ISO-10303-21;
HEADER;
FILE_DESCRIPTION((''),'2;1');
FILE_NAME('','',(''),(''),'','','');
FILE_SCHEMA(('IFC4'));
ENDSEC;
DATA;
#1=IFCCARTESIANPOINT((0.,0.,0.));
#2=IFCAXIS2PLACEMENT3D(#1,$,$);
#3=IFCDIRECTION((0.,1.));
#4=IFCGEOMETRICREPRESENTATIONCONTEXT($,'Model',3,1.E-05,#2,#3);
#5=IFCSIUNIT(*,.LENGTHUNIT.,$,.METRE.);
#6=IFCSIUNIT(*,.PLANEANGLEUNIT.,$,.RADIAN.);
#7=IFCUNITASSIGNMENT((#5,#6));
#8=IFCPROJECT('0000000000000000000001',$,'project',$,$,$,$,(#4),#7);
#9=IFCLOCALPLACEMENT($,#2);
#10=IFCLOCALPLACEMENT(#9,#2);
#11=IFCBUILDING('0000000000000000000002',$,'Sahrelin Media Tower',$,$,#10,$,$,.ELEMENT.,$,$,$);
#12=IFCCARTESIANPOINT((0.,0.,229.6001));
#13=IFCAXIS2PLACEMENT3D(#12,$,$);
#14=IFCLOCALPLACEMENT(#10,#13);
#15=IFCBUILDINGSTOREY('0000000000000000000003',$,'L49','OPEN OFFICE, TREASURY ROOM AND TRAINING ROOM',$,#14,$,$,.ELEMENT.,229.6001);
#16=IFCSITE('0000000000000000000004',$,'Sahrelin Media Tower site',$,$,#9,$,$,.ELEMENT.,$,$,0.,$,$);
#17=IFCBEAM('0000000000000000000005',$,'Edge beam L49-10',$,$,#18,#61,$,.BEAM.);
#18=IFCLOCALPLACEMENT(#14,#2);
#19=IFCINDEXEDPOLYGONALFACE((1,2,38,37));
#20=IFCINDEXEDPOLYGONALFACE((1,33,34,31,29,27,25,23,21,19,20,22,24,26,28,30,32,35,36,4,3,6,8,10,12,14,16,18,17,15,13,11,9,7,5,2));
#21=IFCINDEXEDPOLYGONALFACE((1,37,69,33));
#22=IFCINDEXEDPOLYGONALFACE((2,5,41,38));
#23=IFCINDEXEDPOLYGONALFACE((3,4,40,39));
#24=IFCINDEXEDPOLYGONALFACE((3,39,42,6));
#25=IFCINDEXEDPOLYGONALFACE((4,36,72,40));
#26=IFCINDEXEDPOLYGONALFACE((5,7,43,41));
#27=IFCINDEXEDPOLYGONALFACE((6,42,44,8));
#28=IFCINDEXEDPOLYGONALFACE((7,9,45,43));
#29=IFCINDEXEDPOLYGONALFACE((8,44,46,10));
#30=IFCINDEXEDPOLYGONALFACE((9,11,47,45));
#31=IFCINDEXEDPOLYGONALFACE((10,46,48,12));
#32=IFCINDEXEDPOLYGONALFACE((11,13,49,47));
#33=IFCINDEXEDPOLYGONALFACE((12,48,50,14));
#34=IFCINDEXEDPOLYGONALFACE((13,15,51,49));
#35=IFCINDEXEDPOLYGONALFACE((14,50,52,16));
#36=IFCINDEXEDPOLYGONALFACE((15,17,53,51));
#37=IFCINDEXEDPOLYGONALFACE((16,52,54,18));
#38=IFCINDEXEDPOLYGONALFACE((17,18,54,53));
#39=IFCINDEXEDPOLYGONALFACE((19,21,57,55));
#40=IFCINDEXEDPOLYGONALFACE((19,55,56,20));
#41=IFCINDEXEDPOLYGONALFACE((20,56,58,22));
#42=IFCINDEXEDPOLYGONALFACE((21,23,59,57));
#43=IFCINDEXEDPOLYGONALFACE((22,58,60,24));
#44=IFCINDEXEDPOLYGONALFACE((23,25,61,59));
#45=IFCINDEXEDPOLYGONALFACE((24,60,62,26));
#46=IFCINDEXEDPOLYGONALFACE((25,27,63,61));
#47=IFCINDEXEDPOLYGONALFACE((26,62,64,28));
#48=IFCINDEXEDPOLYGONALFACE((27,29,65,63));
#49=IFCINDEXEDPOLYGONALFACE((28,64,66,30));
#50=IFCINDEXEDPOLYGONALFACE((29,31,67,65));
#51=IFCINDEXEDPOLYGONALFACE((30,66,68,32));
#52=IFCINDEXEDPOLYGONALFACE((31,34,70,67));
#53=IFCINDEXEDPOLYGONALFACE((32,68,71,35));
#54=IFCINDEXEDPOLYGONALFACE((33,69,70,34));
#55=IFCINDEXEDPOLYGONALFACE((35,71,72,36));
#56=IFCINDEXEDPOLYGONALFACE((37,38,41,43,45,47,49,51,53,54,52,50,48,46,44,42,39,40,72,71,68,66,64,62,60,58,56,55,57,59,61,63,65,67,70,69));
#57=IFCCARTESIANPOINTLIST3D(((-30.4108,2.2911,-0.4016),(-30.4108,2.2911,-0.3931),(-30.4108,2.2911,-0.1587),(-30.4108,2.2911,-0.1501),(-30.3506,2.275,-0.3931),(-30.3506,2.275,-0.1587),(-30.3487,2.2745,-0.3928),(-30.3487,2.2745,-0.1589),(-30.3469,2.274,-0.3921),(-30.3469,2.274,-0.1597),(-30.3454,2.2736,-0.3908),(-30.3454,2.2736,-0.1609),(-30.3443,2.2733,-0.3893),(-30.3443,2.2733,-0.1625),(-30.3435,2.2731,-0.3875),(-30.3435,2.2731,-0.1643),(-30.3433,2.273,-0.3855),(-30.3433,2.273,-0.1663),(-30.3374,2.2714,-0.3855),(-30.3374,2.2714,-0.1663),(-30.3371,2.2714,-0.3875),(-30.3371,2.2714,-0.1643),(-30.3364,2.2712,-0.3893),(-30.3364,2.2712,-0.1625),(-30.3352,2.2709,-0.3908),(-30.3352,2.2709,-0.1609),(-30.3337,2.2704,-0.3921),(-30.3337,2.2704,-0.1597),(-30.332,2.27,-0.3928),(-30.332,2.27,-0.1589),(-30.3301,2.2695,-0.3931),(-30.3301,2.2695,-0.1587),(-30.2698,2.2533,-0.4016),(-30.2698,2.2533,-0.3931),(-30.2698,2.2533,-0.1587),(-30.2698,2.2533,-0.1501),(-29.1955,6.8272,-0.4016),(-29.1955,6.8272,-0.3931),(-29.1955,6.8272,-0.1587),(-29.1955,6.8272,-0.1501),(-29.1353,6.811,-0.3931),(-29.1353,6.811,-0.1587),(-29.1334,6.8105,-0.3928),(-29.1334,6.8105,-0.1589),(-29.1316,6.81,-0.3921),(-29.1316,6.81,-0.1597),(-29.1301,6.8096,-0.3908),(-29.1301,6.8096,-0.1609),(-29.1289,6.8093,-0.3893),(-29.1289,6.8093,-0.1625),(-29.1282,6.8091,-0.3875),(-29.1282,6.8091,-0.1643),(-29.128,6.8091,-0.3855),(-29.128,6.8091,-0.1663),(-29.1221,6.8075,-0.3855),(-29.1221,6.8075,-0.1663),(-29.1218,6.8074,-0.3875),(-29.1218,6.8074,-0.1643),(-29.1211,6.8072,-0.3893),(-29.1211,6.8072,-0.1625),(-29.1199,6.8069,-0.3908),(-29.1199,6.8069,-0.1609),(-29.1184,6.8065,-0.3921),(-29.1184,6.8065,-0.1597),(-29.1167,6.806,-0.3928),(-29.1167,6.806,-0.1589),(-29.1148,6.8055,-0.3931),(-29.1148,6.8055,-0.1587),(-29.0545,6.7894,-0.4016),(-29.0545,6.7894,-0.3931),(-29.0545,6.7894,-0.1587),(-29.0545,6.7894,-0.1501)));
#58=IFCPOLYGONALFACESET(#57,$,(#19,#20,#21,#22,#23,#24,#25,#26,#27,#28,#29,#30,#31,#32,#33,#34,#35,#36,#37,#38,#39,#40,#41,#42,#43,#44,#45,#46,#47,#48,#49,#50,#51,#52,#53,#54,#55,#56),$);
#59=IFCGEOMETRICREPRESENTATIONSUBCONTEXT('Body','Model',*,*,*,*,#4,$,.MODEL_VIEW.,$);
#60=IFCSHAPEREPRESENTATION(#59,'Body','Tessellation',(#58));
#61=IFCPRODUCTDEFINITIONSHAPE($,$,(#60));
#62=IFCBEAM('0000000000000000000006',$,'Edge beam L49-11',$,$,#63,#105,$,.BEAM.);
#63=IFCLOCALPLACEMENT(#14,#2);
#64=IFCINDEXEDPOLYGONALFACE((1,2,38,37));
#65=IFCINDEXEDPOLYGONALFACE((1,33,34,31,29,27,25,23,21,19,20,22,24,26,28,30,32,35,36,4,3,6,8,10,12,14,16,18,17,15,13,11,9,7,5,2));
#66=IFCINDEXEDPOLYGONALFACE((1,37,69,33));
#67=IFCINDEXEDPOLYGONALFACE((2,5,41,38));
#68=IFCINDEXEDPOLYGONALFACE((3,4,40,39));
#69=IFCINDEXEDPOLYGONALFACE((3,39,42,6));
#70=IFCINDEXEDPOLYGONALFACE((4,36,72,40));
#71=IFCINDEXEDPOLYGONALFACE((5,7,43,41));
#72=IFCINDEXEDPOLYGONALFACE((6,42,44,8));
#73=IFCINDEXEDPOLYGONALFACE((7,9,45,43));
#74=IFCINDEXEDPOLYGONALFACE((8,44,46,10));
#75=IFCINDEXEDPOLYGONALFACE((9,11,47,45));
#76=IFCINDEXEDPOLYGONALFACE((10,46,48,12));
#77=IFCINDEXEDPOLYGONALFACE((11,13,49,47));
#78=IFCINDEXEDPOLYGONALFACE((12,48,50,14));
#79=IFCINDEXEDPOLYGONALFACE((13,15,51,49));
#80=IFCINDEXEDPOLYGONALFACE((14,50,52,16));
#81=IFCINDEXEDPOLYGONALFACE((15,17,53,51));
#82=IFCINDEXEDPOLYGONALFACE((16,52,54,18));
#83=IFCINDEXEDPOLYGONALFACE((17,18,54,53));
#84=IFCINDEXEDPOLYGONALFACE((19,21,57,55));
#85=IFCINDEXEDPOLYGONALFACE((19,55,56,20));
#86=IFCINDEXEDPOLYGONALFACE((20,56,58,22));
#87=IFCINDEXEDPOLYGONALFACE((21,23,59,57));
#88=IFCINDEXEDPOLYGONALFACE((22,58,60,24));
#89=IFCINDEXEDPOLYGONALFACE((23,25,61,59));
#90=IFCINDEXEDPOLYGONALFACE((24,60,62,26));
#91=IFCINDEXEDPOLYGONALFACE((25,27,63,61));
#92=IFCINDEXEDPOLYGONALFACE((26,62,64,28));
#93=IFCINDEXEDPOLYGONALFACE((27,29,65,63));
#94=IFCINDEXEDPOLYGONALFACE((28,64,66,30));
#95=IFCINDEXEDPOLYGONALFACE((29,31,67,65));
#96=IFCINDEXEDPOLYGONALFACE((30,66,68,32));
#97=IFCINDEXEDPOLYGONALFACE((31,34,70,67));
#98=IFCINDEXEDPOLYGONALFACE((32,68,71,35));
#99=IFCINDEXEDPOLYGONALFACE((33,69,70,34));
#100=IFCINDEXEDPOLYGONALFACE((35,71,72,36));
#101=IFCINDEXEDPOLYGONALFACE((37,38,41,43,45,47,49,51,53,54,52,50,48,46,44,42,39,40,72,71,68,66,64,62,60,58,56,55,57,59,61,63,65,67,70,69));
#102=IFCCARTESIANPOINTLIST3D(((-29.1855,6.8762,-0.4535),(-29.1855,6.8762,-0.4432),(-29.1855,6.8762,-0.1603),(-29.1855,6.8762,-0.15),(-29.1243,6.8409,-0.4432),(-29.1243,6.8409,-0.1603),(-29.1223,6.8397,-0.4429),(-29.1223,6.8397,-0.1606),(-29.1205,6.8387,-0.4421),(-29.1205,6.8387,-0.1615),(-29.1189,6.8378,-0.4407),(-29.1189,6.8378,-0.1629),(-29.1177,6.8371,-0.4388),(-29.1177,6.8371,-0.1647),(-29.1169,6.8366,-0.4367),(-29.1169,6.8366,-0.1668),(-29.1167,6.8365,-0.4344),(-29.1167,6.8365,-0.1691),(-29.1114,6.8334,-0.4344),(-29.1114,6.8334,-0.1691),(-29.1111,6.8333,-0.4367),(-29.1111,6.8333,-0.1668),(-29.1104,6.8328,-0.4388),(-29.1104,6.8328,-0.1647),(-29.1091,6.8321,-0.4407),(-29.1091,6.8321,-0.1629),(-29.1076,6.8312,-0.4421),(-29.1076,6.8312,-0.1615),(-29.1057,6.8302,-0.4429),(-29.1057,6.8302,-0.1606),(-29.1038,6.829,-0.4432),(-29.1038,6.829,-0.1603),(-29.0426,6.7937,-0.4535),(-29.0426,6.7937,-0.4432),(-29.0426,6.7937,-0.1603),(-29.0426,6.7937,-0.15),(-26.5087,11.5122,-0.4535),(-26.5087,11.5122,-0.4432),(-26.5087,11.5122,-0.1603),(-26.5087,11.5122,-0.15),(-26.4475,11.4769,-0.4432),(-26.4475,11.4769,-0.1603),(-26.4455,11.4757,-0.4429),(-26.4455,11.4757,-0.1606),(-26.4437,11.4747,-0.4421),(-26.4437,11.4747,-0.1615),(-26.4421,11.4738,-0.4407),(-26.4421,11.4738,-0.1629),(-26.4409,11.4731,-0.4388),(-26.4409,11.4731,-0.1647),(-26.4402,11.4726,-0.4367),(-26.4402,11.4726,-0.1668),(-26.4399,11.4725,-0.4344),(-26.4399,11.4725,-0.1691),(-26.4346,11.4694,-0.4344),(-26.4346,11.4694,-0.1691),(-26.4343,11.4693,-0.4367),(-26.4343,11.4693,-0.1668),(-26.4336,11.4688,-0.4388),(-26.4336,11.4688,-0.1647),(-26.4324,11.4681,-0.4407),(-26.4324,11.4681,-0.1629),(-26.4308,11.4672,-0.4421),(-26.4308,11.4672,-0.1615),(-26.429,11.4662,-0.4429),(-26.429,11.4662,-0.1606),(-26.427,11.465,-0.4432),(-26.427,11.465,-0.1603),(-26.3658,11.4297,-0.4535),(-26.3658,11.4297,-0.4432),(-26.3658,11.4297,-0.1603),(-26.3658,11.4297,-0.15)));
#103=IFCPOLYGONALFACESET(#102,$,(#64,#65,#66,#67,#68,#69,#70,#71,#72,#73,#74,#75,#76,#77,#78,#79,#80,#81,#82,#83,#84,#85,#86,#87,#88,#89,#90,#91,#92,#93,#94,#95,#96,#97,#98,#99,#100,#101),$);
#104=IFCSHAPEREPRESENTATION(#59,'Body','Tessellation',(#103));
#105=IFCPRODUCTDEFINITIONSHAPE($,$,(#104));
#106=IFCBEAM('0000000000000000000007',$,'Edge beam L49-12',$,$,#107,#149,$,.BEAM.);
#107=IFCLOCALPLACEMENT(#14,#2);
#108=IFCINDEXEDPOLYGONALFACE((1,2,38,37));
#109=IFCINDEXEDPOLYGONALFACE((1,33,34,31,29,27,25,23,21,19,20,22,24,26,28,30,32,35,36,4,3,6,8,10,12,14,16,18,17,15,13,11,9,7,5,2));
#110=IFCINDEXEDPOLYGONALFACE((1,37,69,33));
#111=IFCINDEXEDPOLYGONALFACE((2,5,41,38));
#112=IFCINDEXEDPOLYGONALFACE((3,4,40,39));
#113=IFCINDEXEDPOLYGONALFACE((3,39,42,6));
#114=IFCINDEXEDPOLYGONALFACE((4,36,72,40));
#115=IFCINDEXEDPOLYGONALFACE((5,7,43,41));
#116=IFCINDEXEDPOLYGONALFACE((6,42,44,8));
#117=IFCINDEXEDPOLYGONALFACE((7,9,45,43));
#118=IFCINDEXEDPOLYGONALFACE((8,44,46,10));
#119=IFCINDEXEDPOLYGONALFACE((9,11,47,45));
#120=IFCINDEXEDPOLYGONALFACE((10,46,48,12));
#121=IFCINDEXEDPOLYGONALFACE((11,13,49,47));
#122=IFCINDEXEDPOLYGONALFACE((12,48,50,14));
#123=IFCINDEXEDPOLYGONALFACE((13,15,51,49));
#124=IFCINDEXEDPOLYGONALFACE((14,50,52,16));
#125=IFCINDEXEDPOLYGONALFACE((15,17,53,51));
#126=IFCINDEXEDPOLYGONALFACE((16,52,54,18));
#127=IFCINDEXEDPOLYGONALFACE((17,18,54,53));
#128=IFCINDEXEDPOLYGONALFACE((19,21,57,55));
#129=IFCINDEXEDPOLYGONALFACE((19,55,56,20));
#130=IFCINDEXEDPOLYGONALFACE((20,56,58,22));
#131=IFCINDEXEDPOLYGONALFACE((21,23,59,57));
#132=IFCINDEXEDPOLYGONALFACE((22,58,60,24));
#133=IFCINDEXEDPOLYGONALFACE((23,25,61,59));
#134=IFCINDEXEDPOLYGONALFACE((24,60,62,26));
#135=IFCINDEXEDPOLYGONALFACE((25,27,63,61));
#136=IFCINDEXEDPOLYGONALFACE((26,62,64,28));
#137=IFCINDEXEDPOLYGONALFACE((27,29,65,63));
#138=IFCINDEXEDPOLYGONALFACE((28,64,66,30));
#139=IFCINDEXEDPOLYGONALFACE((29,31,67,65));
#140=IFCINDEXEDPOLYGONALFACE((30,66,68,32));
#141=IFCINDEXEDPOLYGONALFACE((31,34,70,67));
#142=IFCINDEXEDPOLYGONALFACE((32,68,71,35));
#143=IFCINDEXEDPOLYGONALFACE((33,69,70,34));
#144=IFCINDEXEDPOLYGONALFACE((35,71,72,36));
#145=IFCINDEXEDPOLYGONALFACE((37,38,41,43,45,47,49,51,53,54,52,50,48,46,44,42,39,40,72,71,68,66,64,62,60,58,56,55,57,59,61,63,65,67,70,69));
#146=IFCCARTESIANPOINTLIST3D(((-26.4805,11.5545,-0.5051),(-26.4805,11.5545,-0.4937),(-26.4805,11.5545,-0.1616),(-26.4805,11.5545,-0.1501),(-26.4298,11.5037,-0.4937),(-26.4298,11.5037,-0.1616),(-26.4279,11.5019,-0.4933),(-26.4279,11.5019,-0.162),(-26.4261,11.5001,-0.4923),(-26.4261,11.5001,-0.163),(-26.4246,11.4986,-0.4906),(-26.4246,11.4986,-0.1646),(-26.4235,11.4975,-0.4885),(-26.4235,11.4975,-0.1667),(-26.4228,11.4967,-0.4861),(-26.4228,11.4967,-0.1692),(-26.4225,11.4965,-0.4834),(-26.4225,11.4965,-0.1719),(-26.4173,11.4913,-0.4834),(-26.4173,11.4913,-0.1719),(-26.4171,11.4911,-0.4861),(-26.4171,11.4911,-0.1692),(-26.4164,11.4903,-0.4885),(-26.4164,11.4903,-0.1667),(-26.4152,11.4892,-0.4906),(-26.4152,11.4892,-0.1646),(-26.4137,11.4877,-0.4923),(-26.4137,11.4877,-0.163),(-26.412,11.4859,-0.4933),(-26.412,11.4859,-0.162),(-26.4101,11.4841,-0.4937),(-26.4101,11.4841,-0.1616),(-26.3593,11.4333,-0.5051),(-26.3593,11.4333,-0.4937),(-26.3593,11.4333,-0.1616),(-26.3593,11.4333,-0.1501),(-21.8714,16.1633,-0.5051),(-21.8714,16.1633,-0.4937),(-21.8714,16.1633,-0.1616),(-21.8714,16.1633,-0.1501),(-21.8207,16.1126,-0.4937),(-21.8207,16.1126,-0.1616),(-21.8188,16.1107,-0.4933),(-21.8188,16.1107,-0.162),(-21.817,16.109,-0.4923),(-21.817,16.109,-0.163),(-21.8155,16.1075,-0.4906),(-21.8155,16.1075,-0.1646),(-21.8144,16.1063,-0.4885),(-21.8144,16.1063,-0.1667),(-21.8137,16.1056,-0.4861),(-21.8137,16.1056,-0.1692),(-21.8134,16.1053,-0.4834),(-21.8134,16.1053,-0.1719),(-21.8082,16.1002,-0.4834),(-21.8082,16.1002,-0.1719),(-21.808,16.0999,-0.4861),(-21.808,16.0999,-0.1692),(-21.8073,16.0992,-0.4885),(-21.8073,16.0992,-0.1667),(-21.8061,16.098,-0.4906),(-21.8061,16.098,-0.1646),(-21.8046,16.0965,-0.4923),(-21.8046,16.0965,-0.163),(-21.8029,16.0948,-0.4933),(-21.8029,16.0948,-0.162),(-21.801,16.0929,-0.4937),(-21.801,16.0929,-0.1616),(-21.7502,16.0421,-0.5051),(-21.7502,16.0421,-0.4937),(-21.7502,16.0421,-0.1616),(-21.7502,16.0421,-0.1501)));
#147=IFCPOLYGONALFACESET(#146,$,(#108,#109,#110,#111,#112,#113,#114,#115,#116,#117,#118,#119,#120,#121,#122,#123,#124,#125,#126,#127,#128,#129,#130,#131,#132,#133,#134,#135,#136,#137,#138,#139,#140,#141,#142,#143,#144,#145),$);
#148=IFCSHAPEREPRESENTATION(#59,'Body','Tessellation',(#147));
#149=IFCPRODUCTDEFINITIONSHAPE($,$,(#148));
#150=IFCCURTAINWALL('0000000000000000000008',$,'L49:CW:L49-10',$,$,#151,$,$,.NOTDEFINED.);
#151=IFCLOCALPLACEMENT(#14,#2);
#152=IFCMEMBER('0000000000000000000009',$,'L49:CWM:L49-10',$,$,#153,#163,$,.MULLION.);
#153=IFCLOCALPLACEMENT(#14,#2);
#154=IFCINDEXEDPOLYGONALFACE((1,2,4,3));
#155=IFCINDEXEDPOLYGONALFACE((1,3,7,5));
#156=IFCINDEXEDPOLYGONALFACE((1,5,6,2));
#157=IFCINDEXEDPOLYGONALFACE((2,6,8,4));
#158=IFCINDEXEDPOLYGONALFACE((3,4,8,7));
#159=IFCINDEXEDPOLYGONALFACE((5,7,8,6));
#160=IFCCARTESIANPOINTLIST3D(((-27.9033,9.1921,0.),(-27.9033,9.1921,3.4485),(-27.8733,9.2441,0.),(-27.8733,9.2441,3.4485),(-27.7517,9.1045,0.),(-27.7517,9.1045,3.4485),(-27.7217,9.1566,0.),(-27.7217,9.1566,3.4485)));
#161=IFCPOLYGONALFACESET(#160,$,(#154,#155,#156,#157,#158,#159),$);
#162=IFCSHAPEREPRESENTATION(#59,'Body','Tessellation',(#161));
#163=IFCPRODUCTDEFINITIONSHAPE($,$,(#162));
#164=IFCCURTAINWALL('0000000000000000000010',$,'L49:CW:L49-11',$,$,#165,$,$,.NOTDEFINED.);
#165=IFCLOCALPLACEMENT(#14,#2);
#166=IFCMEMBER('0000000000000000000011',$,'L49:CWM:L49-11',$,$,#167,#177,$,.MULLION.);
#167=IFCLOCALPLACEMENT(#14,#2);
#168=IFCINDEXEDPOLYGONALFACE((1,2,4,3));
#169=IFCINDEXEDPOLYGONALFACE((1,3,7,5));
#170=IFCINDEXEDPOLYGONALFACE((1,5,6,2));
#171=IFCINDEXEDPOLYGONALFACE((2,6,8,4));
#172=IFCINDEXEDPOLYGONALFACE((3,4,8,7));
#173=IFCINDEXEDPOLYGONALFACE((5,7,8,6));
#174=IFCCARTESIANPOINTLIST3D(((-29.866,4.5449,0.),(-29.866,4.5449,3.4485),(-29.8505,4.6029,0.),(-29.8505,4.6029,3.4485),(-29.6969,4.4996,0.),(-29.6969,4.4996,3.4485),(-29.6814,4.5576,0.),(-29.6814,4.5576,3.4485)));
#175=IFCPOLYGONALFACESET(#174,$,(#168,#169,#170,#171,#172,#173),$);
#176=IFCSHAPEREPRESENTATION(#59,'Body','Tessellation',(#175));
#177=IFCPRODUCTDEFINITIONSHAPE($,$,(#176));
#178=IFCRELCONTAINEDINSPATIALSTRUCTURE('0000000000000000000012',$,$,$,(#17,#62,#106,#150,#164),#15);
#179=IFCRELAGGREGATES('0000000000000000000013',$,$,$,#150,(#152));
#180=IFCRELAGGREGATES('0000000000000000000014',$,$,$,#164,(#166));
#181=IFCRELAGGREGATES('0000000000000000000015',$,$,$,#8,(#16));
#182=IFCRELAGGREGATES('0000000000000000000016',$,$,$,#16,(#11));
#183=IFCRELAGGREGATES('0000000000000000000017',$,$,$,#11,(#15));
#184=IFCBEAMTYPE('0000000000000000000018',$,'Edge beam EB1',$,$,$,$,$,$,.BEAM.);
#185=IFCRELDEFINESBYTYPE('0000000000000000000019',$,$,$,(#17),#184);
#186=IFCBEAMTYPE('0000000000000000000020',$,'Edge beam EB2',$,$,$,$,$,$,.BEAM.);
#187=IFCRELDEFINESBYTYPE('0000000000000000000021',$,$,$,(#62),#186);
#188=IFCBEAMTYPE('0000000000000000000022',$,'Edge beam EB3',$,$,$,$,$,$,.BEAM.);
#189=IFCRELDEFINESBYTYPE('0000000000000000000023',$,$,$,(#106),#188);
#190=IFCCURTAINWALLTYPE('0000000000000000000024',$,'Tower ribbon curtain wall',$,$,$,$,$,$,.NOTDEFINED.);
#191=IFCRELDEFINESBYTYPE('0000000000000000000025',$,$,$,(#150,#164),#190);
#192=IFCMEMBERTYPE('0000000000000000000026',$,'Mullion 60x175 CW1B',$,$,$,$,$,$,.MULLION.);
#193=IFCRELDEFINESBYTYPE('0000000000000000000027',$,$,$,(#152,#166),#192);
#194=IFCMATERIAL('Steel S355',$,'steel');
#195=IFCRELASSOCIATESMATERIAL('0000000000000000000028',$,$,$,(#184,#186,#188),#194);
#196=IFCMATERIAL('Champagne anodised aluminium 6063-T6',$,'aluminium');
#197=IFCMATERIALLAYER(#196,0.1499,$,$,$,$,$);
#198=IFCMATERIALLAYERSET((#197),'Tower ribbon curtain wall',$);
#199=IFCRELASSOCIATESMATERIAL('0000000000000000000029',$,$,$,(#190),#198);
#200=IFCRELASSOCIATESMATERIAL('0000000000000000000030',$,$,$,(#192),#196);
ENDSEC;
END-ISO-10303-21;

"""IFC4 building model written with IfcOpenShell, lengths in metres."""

from ifc_helpers import new_model, si_unit, direction, frame, origin, origin_2d, place, context, subcontext, project, spatial, rectangle, i_section, extrude, material, layer, layer_set, material_profile, profile_set, type_object, element, aggregate, save


model = new_model("IFC4")

# Units and contexts
model_context = context("Model", 3, precision=1e-05, world=origin(), true_north=direction((0.0, 1.0)))
body_context = subcontext(model_context, "Body", "Model", "MODEL_VIEW")
ifc_project = project(units=[si_unit("LENGTHUNIT", "METRE"), si_unit("PLANEANGLEUNIT", "RADIAN")], contexts=[model_context])

# Site, building, storey
site_placement = place(None, origin())
site = spatial("IfcSite", under=ifc_project, at=site_placement, Name="Sahrelin Media Tower site", CompositionType="ELEMENT", RefElevation=0.0)
building_placement = place(site_placement, origin())
building = spatial("IfcBuilding", under=site, at=building_placement, Name="Sahrelin Media Tower", CompositionType="ELEMENT")
storey_placement = place(building_placement, frame((0.0, 0.0, 229.6001)))
storey = spatial("IfcBuildingStorey", under=building, at=storey_placement, Name="L49", Description="OPEN OFFICE, TREASURY ROOM AND TRAINING ROOM", CompositionType="ELEMENT", Elevation=229.6001)

# Beams
ifc_material_1 = material(Name="Steel S355", Category="steel")
ifc_material_profile_1 = material_profile(ifc_material_1, i_section(OverallWidth=0.146, OverallDepth=0.2515, WebThickness=0.0061, FlangeThickness=0.0085, FilletRadius=0.0076, at=origin_2d()), Name="UB 254x146x31")
ifc_profile_set_1 = profile_set([ifc_material_profile_1], Name="Steel S355")
beam_type_1 = type_object("IfcBeamType", Name="Edge beam EB1", PredefinedType="BEAM", material=ifc_profile_set_1)
beam_1_placement = place(storey_placement, frame((-30.3403, 2.2722, -0.2759), z_axis=(0.258795, 0.965932, 0.0), x_axis=(-0.965932, 0.258795, 0.0)))
element("IfcBeam", 1, at=beam_1_placement, inside=storey, type_object=beam_type_1, Name="Edge beam L49-10", PredefinedType="BEAM", context=body_context, shape_type="SweptSolid", body=[
    extrude(i_section(OverallWidth=0.146, OverallDepth=0.2515, WebThickness=0.0061, FlangeThickness=0.0085, FilletRadius=0.0076, at=origin_2d()), origin(), (0.0, 0.0, 1.0), 4.696),
])
ifc_material_profile_2 = material_profile(ifc_material_1, i_section(OverallWidth=0.165, OverallDepth=0.3035, WebThickness=0.0061, FlangeThickness=0.0103, FilletRadius=0.0088, at=origin_2d()), Name="UB 305x165x40")
ifc_profile_set_2 = profile_set([ifc_material_profile_2], Name="Steel S355")
beam_type_2 = type_object("IfcBeamType", Name="Edge beam EB2", PredefinedType="BEAM", material=ifc_profile_set_2)
beam_2_placement = place(storey_placement, frame((-29.114, 6.835, -0.3018), z_axis=(0.500024, 0.866012, 0.0), x_axis=(-0.866012, 0.500024, 0.0)))
element("IfcBeam", 2, at=beam_2_placement, inside=storey, type_object=beam_type_2, Name="Edge beam L49-11", PredefinedType="BEAM", context=body_context, shape_type="SweptSolid", body=[
    extrude(i_section(OverallWidth=0.165, OverallDepth=0.3035, WebThickness=0.0061, FlangeThickness=0.0103, FilletRadius=0.0088, at=origin_2d()), origin(), (0.0, 0.0, 1.0), 5.3533),
])
ifc_material_profile_3 = material_profile(ifc_material_1, i_section(OverallWidth=0.1714, OverallDepth=0.355, WebThickness=0.0073, FlangeThickness=0.0115, FilletRadius=0.0103, at=origin_2d()), Name="UB 356x171x51")
ifc_profile_set_3 = profile_set([ifc_material_profile_3], Name="Steel S355")
beam_type_3 = type_object("IfcBeamType", Name="Edge beam EB3", PredefinedType="BEAM", material=ifc_profile_set_3)
beam_3_placement = place(storey_placement, frame((-26.4199, 11.4939, -0.3276), z_axis=(0.707126, 0.707088, 0.0), x_axis=(-0.707088, 0.707126, 0.0)))
element("IfcBeam", 3, at=beam_3_placement, inside=storey, type_object=beam_type_3, Name="Edge beam L49-12", PredefinedType="BEAM", context=body_context, shape_type="SweptSolid", body=[
    extrude(i_section(OverallWidth=0.1714, OverallDepth=0.355, WebThickness=0.0073, FlangeThickness=0.0115, FilletRadius=0.0103, at=origin_2d()), origin(), (0.0, 0.0, 1.0), 6.5181),
])

# Curtain walls, members
ifc_material_2 = material(Name="Champagne anodised aluminium 6063-T6", Category="aluminium")
ifc_layer_1 = layer(ifc_material_2, 0.1499)
ifc_layer_set_1 = layer_set([ifc_layer_1], Name="Tower ribbon curtain wall")
curtain_wall_type = type_object("IfcCurtainWallType", Name="Tower ribbon curtain wall", PredefinedType="NOTDEFINED", material=ifc_layer_set_1)
curtain_wall_1_placement = place(storey_placement, frame((-27.9055, 9.2278, 0.0), z_axis=(0.0, 0.0, 1.0), x_axis=(1.0, 0.0, 0.0)))
curtain_wall_1 = element("IfcCurtainWall", 4, at=curtain_wall_1_placement, inside=storey, type_object=curtain_wall_type, Name="L49:CW:L49-10", PredefinedType="NOTDEFINED")
ifc_material_profile_4 = material_profile(ifc_material_2, rectangle(XDim=0.0601, YDim=0.175, at=origin_2d()), Name="Mullion 60x175")
ifc_profile_set_4 = profile_set([ifc_material_profile_4], Name="Champagne anodised aluminium 6063-T6")
member_type_1 = type_object("IfcMemberType", Name="Mullion 60x175 CW1B", PredefinedType="MULLION", material=ifc_profile_set_4)
member_1_placement = place(storey_placement, frame((-27.8125, 9.1743, 0.0), z_axis=(0.0, 0.0, 1.0), x_axis=(-0.499995, -0.866028, 0.0)))
member_1 = element("IfcMember", 5, at=member_1_placement, type_object=member_type_1, Name="L49:CWM:L49-10", PredefinedType="MULLION", context=body_context, shape_type="SweptSolid", body=[
    extrude(rectangle(XDim=0.0601, YDim=0.175, at=origin_2d()), origin(), (0.0, 0.0, 1.0), 3.4485),
])
curtain_wall_2_placement = place(storey_placement, frame((-29.8774, 4.5791, 0.0), z_axis=(0.0, 0.0, 1.0), x_axis=(1.0, 0.0, 0.0)))
curtain_wall_2 = element("IfcCurtainWall", 6, at=curtain_wall_2_placement, inside=storey, type_object=curtain_wall_type, Name="L49:CW:L49-11", PredefinedType="NOTDEFINED")
member_2_placement = place(storey_placement, frame((-29.7737, 4.5513, 0.0), z_axis=(0.0, 0.0, 1.0), x_axis=(-0.258817, -0.965926, 0.0)))
member_2 = element("IfcMember", 7, at=member_2_placement, type_object=member_type_1, Name="L49:CWM:L49-11", PredefinedType="MULLION", context=body_context, shape_type="SweptSolid", body=[
    extrude(rectangle(XDim=0.0601, YDim=0.175, at=origin_2d()), origin(), (0.0, 0.0, 1.0), 3.4485),
])

aggregate(curtain_wall_1, [member_1])
aggregate(curtain_wall_2, [member_2])

save(model, "model.ifc")
